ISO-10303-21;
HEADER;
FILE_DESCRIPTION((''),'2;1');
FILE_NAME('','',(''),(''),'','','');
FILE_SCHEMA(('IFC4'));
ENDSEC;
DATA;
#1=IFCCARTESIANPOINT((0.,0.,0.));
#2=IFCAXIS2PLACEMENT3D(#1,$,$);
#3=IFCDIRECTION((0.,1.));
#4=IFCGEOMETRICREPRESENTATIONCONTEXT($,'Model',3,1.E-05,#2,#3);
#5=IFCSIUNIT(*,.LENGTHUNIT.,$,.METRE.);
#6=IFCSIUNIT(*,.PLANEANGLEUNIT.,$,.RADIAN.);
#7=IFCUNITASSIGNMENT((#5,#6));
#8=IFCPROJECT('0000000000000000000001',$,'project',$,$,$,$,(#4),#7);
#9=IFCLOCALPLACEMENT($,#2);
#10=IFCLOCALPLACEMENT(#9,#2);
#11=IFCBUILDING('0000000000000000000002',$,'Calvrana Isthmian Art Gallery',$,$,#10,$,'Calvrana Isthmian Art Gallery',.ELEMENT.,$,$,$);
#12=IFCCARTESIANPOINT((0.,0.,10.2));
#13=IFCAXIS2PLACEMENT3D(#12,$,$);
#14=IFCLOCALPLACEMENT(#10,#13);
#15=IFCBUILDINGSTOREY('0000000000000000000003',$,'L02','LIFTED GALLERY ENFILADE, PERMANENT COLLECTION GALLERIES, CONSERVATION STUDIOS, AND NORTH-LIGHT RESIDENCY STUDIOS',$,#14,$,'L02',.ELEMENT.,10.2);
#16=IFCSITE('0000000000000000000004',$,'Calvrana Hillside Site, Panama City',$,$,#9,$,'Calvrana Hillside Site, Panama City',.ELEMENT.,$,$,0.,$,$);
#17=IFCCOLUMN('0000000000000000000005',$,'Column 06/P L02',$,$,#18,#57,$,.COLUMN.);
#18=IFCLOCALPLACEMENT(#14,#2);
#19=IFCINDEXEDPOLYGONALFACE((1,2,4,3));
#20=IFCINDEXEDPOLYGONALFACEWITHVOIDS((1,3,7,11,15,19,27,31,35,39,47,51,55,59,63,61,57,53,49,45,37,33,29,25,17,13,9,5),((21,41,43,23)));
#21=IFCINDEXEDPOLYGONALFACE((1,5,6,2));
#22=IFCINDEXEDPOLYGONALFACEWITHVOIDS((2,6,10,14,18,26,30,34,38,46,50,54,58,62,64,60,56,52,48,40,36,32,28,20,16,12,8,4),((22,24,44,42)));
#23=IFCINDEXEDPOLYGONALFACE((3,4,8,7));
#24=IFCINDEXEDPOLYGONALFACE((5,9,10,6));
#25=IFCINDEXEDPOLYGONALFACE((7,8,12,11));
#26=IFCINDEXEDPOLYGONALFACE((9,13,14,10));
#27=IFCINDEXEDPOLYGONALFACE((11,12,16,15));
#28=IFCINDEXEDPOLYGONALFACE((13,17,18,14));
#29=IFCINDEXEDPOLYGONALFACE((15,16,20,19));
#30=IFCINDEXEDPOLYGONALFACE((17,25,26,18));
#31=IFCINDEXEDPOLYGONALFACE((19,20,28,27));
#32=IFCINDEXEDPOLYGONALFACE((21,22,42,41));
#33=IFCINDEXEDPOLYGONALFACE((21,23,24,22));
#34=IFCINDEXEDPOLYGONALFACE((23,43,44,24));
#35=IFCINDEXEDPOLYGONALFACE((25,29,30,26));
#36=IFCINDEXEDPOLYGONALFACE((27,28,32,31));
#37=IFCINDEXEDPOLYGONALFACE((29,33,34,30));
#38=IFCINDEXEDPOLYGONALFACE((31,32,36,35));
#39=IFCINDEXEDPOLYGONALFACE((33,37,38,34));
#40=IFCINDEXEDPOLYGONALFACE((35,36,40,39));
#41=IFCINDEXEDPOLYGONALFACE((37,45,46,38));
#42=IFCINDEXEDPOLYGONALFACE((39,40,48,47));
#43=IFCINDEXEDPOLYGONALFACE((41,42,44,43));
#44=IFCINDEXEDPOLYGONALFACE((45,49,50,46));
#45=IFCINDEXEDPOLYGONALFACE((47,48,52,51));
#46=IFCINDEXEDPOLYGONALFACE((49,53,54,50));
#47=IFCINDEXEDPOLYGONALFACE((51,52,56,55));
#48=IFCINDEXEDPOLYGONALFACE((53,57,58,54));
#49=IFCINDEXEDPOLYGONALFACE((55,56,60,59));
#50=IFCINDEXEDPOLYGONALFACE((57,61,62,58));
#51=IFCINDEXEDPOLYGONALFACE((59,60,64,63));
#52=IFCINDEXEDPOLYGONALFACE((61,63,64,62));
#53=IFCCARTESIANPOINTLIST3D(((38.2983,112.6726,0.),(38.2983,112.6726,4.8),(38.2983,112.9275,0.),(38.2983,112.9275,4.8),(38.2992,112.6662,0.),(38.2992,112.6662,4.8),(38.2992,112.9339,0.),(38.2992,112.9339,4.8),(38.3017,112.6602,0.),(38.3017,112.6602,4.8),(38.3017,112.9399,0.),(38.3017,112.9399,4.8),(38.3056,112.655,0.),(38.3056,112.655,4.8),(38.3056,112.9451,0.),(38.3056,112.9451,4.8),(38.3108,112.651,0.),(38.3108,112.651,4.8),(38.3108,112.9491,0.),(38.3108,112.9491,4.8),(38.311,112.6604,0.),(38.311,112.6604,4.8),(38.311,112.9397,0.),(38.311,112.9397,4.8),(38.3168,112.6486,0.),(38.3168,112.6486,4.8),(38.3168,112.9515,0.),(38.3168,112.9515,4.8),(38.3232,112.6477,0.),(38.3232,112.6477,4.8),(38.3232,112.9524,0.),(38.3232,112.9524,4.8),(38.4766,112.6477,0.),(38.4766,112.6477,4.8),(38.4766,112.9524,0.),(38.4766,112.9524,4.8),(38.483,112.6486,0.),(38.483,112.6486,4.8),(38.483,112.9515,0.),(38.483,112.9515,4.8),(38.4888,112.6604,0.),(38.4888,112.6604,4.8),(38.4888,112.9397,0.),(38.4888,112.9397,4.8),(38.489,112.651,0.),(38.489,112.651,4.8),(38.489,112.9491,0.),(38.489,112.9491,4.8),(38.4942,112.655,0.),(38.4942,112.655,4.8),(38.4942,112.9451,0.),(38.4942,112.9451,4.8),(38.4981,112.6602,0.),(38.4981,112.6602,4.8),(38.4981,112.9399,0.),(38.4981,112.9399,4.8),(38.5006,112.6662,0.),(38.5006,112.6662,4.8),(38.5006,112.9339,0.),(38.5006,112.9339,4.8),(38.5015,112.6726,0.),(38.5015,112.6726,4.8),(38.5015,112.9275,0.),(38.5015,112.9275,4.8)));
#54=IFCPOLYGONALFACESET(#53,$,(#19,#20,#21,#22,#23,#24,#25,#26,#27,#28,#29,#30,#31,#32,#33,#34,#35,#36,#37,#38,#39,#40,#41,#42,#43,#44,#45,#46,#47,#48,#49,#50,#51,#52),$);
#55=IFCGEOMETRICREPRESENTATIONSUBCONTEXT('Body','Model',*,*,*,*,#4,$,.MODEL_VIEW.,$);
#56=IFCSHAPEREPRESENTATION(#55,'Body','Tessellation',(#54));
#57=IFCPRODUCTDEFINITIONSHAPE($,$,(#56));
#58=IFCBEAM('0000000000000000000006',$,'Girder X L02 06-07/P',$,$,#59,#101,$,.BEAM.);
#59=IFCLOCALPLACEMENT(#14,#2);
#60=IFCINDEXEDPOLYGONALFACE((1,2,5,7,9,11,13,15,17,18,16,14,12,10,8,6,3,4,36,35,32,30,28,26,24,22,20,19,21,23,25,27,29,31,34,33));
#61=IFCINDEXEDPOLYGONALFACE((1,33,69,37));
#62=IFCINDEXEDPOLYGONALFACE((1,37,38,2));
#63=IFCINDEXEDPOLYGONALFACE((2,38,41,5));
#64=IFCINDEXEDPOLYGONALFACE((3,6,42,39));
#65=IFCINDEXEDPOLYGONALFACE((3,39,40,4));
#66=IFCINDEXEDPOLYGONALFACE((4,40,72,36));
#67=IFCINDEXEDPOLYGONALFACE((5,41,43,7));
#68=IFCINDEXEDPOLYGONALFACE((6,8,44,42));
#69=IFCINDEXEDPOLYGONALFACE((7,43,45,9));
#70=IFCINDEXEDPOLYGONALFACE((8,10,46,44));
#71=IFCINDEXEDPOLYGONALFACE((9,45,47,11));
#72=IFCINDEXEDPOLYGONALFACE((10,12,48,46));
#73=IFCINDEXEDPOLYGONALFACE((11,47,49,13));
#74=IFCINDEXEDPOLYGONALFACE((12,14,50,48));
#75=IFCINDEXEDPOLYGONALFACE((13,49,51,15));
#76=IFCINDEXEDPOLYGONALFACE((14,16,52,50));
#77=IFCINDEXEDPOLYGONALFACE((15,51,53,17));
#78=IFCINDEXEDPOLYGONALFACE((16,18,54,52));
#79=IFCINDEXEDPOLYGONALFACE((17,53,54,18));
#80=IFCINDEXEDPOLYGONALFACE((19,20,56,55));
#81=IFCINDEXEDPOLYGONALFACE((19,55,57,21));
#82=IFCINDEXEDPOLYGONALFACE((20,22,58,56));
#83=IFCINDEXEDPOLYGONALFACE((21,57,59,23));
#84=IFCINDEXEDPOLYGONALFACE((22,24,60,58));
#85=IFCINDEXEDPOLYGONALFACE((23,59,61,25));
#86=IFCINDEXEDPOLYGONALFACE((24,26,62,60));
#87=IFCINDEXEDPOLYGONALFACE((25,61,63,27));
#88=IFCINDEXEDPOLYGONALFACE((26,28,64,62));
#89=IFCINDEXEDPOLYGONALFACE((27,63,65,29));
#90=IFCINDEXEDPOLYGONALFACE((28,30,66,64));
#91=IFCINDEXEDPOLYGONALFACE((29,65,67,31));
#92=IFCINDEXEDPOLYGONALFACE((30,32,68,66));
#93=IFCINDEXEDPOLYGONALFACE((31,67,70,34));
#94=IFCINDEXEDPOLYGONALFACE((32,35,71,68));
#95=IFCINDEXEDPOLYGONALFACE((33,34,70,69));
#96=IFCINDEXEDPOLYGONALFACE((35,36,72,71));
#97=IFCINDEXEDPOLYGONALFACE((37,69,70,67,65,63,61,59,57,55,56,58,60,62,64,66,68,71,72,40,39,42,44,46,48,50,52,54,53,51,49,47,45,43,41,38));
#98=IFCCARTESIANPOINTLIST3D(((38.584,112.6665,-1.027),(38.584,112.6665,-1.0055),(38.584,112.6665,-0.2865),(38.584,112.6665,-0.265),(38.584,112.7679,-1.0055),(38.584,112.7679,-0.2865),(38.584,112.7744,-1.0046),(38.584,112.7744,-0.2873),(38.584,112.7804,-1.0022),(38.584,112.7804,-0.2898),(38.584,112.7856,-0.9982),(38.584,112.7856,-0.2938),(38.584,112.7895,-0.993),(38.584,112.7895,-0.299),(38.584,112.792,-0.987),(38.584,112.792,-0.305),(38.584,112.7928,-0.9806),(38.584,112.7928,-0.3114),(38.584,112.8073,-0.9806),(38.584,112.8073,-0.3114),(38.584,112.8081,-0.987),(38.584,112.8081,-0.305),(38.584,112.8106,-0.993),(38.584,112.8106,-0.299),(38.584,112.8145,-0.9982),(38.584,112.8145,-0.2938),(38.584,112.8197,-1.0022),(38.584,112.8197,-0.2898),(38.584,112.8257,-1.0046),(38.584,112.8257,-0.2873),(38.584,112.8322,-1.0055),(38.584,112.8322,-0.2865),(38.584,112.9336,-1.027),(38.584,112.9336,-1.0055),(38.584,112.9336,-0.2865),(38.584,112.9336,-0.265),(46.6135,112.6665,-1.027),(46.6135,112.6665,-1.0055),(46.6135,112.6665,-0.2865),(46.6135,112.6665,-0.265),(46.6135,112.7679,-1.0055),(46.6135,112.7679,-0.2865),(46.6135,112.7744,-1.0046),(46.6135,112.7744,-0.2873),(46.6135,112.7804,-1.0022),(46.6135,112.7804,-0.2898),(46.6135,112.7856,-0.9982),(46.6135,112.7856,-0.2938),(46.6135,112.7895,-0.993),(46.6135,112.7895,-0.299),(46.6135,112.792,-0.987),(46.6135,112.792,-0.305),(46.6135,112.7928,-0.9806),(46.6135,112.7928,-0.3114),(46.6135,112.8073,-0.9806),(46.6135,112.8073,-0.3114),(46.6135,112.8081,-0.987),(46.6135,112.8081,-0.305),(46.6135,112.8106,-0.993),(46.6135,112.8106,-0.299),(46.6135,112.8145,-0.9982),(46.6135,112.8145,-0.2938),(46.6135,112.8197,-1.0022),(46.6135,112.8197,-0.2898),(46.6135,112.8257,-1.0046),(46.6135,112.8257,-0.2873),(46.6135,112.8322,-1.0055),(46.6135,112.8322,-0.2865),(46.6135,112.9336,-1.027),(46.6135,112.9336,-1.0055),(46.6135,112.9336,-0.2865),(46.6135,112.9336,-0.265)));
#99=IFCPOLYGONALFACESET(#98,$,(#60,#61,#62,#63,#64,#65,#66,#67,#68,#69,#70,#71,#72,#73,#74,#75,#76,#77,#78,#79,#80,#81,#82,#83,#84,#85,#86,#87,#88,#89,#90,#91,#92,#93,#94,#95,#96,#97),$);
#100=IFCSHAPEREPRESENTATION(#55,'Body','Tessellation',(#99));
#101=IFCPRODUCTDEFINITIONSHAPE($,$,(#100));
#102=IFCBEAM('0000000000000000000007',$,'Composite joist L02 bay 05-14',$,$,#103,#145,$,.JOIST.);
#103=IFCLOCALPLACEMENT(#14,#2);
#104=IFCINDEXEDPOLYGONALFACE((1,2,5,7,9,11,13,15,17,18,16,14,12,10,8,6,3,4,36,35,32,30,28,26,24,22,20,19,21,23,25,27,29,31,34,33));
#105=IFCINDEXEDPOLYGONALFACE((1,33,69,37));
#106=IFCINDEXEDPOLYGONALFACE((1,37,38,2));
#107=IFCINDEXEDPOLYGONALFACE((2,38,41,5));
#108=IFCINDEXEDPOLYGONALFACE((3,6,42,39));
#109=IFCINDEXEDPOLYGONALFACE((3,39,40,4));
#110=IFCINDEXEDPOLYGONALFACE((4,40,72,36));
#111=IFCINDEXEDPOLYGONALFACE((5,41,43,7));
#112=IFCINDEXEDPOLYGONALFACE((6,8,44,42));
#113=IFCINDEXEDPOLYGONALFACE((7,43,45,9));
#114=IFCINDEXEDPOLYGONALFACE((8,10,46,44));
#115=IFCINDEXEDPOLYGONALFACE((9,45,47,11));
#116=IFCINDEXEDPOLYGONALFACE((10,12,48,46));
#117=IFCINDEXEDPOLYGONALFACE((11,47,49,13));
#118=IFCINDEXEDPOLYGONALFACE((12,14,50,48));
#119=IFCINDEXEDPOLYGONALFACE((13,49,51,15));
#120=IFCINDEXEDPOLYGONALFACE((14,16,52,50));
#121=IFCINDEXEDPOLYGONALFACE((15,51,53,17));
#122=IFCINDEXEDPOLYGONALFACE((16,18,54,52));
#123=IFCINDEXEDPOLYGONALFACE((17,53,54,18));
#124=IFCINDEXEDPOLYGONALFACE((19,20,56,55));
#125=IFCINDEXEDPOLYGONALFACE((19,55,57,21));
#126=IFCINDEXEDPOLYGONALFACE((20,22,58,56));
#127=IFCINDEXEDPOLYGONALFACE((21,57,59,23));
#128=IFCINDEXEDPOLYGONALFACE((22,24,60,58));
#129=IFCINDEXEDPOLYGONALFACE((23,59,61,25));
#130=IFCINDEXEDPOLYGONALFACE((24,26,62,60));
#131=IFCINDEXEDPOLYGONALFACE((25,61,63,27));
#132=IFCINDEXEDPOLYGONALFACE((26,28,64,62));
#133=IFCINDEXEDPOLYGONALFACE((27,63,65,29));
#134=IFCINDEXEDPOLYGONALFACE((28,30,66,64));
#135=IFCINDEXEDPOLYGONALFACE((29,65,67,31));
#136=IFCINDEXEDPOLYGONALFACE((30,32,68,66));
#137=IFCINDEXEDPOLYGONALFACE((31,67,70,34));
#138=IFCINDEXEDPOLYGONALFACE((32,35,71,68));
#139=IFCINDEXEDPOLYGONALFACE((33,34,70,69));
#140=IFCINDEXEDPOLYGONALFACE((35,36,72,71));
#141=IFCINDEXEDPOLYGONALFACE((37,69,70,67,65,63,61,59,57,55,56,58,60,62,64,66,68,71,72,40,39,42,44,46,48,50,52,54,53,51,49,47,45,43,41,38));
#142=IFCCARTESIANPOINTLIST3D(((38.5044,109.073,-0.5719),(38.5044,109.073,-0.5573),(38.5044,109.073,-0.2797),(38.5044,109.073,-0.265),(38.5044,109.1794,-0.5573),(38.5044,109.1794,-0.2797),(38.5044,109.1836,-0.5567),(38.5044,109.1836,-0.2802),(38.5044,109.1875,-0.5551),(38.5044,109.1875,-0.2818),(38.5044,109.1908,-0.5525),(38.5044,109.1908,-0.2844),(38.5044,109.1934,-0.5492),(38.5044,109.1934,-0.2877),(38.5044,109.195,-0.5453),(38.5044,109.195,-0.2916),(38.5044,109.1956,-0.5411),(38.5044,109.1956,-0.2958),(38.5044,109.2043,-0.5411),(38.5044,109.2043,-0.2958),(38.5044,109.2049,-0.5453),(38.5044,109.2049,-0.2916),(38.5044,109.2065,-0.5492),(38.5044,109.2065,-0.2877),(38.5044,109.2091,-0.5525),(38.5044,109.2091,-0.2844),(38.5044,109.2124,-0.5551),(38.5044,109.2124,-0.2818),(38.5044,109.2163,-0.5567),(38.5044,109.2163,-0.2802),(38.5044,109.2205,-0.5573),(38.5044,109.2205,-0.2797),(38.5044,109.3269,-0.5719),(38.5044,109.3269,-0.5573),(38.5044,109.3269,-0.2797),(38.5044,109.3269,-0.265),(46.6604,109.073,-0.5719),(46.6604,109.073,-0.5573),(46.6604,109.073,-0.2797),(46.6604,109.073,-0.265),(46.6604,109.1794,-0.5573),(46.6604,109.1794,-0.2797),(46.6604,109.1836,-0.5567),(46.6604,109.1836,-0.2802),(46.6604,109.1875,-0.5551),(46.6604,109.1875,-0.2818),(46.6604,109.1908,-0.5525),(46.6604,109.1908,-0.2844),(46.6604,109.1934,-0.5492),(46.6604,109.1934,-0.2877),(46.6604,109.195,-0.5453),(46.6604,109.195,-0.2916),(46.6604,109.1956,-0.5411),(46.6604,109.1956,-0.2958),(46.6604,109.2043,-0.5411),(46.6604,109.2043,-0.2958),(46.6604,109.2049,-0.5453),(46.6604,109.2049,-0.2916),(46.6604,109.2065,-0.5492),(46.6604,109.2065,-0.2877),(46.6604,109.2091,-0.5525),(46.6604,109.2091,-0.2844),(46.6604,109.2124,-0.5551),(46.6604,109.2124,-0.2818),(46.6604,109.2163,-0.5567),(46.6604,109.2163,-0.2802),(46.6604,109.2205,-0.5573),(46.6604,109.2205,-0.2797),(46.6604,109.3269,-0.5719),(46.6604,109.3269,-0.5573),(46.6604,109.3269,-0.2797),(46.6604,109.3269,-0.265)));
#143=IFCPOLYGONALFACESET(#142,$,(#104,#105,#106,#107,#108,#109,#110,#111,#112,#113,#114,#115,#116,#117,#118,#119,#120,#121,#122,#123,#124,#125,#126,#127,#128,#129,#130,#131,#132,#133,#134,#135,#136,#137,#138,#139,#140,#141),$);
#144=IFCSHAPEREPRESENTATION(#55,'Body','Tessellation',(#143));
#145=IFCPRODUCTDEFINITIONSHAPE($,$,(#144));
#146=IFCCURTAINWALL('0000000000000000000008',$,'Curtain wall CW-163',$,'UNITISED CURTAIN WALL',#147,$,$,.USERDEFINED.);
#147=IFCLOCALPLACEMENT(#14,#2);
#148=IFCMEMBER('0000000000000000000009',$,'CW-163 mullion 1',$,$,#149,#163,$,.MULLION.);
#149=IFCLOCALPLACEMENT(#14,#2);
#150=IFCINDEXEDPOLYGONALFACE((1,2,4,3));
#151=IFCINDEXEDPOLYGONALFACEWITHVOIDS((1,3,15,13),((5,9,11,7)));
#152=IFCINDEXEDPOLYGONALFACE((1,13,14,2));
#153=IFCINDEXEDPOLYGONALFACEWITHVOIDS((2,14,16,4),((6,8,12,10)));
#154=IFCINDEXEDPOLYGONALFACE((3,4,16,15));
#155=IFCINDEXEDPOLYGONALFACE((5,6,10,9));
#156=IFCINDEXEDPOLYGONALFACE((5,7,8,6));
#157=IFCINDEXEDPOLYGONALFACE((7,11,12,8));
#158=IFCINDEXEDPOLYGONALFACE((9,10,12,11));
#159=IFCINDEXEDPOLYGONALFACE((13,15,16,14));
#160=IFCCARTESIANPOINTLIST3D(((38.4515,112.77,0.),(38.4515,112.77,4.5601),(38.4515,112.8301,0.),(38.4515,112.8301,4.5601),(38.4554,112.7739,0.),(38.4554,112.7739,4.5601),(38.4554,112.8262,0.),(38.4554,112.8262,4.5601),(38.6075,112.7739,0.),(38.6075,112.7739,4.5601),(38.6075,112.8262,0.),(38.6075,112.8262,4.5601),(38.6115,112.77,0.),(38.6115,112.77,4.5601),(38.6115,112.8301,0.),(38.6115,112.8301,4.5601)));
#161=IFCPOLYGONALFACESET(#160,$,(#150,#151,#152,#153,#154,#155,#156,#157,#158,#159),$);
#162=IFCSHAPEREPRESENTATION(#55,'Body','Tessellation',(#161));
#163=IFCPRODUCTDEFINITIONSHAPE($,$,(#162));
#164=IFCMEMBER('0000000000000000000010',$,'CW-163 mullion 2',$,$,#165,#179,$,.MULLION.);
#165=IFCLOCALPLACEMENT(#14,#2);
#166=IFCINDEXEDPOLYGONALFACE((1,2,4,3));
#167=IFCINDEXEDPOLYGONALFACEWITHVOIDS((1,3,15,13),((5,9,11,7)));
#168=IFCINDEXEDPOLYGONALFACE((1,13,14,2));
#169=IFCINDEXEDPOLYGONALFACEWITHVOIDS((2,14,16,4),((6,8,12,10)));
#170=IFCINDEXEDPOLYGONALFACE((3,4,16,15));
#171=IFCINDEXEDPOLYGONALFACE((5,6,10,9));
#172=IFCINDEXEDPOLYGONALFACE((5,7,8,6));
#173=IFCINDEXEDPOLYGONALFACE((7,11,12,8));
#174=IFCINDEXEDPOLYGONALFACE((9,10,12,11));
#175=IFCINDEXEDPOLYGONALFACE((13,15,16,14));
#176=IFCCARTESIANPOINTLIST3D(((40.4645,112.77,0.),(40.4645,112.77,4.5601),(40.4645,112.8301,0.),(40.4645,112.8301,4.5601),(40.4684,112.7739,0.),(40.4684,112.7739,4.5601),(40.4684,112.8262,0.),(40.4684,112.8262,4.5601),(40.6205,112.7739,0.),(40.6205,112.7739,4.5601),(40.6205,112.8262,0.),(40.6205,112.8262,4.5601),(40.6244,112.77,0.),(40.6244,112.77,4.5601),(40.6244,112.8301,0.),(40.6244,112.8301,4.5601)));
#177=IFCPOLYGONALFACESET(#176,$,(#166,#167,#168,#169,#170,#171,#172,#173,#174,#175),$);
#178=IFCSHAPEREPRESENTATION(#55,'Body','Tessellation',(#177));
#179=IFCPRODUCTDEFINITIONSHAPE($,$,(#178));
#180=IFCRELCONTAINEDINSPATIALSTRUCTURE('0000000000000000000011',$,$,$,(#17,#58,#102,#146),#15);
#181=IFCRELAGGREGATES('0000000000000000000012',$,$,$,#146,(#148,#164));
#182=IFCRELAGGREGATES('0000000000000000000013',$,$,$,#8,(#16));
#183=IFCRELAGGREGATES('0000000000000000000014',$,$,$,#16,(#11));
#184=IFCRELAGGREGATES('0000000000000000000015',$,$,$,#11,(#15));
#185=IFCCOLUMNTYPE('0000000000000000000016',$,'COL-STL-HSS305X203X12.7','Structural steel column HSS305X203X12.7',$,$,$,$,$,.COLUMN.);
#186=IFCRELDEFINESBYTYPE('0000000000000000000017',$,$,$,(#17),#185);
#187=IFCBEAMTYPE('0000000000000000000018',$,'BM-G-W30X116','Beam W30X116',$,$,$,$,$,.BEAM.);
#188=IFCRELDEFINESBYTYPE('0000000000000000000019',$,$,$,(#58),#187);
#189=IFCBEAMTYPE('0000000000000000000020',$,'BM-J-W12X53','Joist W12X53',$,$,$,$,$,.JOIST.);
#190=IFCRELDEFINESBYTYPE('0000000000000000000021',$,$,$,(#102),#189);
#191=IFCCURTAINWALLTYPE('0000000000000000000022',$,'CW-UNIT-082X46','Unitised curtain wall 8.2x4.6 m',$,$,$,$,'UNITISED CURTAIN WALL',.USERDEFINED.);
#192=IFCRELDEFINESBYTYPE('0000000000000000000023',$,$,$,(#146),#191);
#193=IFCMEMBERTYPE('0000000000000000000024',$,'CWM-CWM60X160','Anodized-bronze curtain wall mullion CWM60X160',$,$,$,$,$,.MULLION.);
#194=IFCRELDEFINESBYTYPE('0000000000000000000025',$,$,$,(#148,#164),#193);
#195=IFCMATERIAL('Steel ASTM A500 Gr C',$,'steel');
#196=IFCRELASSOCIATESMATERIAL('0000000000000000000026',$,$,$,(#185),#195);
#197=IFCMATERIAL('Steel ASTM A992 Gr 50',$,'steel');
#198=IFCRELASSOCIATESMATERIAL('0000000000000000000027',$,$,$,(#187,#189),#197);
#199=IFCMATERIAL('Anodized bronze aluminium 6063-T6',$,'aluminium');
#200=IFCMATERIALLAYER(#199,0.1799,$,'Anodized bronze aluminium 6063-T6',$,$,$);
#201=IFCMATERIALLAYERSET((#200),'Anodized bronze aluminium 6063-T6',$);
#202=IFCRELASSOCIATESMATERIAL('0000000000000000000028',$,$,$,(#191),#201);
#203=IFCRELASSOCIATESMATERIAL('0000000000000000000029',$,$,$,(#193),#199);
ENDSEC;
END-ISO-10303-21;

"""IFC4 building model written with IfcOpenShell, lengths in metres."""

from ifc_helpers import new_model, si_unit, direction, frame, origin, origin_2d, place, context, subcontext, project, spatial, hollow_rectangle, i_section, extrude, material, layer, layer_set, material_profile, profile_set, type_object, element, aggregate, save


model = new_model("IFC4")

# Units and contexts
model_context = context("Model", 3, precision=1e-05, world=origin(), true_north=direction((0.0, 1.0)))
body_context = subcontext(model_context, "Body", "Model", "MODEL_VIEW")
ifc_project = project(units=[si_unit("LENGTHUNIT", "METRE"), si_unit("PLANEANGLEUNIT", "RADIAN")], contexts=[model_context])

# Site, building, storey
site_placement = place(None, origin())
site = spatial("IfcSite", under=ifc_project, at=site_placement, Name="Calvrana Hillside Site, Panama City", LongName="Calvrana Hillside Site, Panama City", CompositionType="ELEMENT", RefElevation=0.0)
building_placement = place(site_placement, origin())
building = spatial("IfcBuilding", under=site, at=building_placement, Name="Calvrana Isthmian Art Gallery", LongName="Calvrana Isthmian Art Gallery", CompositionType="ELEMENT")
storey_placement = place(building_placement, frame((0.0, 0.0, 10.2)))
storey = spatial("IfcBuildingStorey", under=building, at=storey_placement, Name="L02", Description="LIFTED GALLERY ENFILADE, PERMANENT COLLECTION GALLERIES, CONSERVATION STUDIOS, AND NORTH-LIGHT RESIDENCY STUDIOS", LongName="L02", CompositionType="ELEMENT", Elevation=10.2)

# Column
ifc_material_1 = material(Name="Steel ASTM A500 Gr C", Category="steel")
ifc_material_profile_1 = material_profile(ifc_material_1, hollow_rectangle(XDim=0.2031, YDim=0.3047, WallThickness=0.0127, OuterFilletRadius=0.0249, at=origin_2d()), Name="HSS305X203X12.7")
ifc_profile_set_1 = profile_set([ifc_material_profile_1], Name="Steel ASTM A500 Gr C")
column_type = type_object("IfcColumnType", Name="COL-STL-HSS305X203X12.7", Description="Structural steel column HSS305X203X12.7", PredefinedType="COLUMN", material=ifc_profile_set_1)
column_placement = place(storey_placement, frame((38.3999, 112.8, 0.0), z_axis=(0.0, 0.0, 1.0), x_axis=(1.0, 0.0, 0.0)))
element("IfcColumn", 1, at=column_placement, inside=storey, type_object=column_type, Name="Column 06/P L02", PredefinedType="COLUMN", context=body_context, shape_type="SweptSolid", body=[
    extrude(hollow_rectangle(XDim=0.2031, YDim=0.3047, WallThickness=0.0127, OuterFilletRadius=0.0249, at=origin_2d()), origin(), (0.0, 0.0, 1.0), 4.8),
])

# Beams
ifc_material_2 = material(Name="Steel ASTM A992 Gr 50", Category="steel")
ifc_material_profile_2 = material_profile(ifc_material_2, i_section(OverallWidth=0.2671, OverallDepth=0.762, WebThickness=0.0144, FlangeThickness=0.0215, FilletRadius=0.0249, at=origin_2d()), Name="W30X116")
ifc_profile_set_2 = profile_set([ifc_material_profile_2], Name="Steel ASTM A992 Gr 50")
beam_type_1 = type_object("IfcBeamType", Name="BM-G-W30X116", Description="Beam W30X116", PredefinedType="BEAM", material=ifc_profile_set_2)
beam_1_placement = place(storey_placement, frame((38.584, 112.8, -0.646), z_axis=(1.0, 0.0, 0.0), x_axis=(0.0, 1.0, 0.0)))
element("IfcBeam", 2, at=beam_1_placement, inside=storey, type_object=beam_type_1, Name="Girder X L02 06-07/P", PredefinedType="BEAM", context=body_context, shape_type="SweptSolid", body=[
    extrude(i_section(OverallWidth=0.2671, OverallDepth=0.762, WebThickness=0.0144, FlangeThickness=0.0215, FilletRadius=0.0249, at=origin_2d()), origin(), (0.0, 0.0, 1.0), 8.0295),
])
ifc_material_profile_3 = material_profile(ifc_material_2, i_section(OverallWidth=0.2539, OverallDepth=0.3069, WebThickness=0.0088, FlangeThickness=0.0146, FilletRadius=0.0161, at=origin_2d()), Name="W12X53")
ifc_profile_set_3 = profile_set([ifc_material_profile_3], Name="Steel ASTM A992 Gr 50")
beam_type_2 = type_object("IfcBeamType", Name="BM-J-W12X53", Description="Joist W12X53", PredefinedType="JOIST", material=ifc_profile_set_3)
beam_2_placement = place(storey_placement, frame((38.5044, 109.2, -0.4185), z_axis=(1.0, 0.0, 0.0), x_axis=(0.0, 1.0, 0.0)))
element("IfcBeam", 3, at=beam_2_placement, inside=storey, type_object=beam_type_2, Name="Composite joist L02 bay 05-14", PredefinedType="JOIST", context=body_context, shape_type="SweptSolid", body=[
    extrude(i_section(OverallWidth=0.2539, OverallDepth=0.3069, WebThickness=0.0088, FlangeThickness=0.0146, FilletRadius=0.0161, at=origin_2d()), origin(), (0.0, 0.0, 1.0), 8.156),
])

# Curtain wall, members
ifc_material_3 = material(Name="Anodized bronze aluminium 6063-T6", Category="aluminium")
ifc_layer_1 = layer(ifc_material_3, 0.1799, Name="Anodized bronze aluminium 6063-T6")
ifc_layer_set_1 = layer_set([ifc_layer_1], Name="Anodized bronze aluminium 6063-T6")
curtain_wall_type = type_object("IfcCurtainWallType", Name="CW-UNIT-082X46", Description="Unitised curtain wall 8.2x4.6 m", ElementType="UNITISED CURTAIN WALL", PredefinedType="USERDEFINED", material=ifc_layer_set_1)
curtain_wall_placement = place(storey_placement, origin())
curtain_wall = element("IfcCurtainWall", 4, at=curtain_wall_placement, inside=storey, type_object=curtain_wall_type, Name="Curtain wall CW-163", ObjectType="UNITISED CURTAIN WALL", PredefinedType="USERDEFINED")
ifc_material_profile_4 = material_profile(ifc_material_3, hollow_rectangle(XDim=0.0601, YDim=0.1599, WallThickness=0.0039, at=origin_2d()), Name="CWM60X160")
ifc_profile_set_4 = profile_set([ifc_material_profile_4], Name="Anodized bronze aluminium 6063-T6")
member_type_1 = type_object("IfcMemberType", Name="CWM-CWM60X160", Description="Anodized-bronze curtain wall mullion CWM60X160", PredefinedType="MULLION", material=ifc_profile_set_4)
member_1_placement = place(storey_placement, frame((38.5315, 112.8, 0.0), z_axis=(0.0, 0.0, 1.0), x_axis=(0.0, 1.0, 0.0)))
member_1 = element("IfcMember", 5, at=member_1_placement, type_object=member_type_1, Name="CW-163 mullion 1", PredefinedType="MULLION", context=body_context, shape_type="SweptSolid", body=[
    extrude(hollow_rectangle(XDim=0.0601, YDim=0.1599, WallThickness=0.0039, at=origin_2d()), origin(), (0.0, 0.0, 1.0), 4.5601),
])
member_2_placement = place(storey_placement, frame((40.5444, 112.8, 0.0), z_axis=(0.0, 0.0, 1.0), x_axis=(0.0, 1.0, 0.0)))
member_2 = element("IfcMember", 6, at=member_2_placement, type_object=member_type_1, Name="CW-163 mullion 2", PredefinedType="MULLION", context=body_context, shape_type="SweptSolid", body=[
    extrude(hollow_rectangle(XDim=0.0601, YDim=0.1599, WallThickness=0.0039, at=origin_2d()), origin(), (0.0, 0.0, 1.0), 4.5601),
])
aggregate(curtain_wall, [member_1, member_2])

save(model, "model.ifc")
